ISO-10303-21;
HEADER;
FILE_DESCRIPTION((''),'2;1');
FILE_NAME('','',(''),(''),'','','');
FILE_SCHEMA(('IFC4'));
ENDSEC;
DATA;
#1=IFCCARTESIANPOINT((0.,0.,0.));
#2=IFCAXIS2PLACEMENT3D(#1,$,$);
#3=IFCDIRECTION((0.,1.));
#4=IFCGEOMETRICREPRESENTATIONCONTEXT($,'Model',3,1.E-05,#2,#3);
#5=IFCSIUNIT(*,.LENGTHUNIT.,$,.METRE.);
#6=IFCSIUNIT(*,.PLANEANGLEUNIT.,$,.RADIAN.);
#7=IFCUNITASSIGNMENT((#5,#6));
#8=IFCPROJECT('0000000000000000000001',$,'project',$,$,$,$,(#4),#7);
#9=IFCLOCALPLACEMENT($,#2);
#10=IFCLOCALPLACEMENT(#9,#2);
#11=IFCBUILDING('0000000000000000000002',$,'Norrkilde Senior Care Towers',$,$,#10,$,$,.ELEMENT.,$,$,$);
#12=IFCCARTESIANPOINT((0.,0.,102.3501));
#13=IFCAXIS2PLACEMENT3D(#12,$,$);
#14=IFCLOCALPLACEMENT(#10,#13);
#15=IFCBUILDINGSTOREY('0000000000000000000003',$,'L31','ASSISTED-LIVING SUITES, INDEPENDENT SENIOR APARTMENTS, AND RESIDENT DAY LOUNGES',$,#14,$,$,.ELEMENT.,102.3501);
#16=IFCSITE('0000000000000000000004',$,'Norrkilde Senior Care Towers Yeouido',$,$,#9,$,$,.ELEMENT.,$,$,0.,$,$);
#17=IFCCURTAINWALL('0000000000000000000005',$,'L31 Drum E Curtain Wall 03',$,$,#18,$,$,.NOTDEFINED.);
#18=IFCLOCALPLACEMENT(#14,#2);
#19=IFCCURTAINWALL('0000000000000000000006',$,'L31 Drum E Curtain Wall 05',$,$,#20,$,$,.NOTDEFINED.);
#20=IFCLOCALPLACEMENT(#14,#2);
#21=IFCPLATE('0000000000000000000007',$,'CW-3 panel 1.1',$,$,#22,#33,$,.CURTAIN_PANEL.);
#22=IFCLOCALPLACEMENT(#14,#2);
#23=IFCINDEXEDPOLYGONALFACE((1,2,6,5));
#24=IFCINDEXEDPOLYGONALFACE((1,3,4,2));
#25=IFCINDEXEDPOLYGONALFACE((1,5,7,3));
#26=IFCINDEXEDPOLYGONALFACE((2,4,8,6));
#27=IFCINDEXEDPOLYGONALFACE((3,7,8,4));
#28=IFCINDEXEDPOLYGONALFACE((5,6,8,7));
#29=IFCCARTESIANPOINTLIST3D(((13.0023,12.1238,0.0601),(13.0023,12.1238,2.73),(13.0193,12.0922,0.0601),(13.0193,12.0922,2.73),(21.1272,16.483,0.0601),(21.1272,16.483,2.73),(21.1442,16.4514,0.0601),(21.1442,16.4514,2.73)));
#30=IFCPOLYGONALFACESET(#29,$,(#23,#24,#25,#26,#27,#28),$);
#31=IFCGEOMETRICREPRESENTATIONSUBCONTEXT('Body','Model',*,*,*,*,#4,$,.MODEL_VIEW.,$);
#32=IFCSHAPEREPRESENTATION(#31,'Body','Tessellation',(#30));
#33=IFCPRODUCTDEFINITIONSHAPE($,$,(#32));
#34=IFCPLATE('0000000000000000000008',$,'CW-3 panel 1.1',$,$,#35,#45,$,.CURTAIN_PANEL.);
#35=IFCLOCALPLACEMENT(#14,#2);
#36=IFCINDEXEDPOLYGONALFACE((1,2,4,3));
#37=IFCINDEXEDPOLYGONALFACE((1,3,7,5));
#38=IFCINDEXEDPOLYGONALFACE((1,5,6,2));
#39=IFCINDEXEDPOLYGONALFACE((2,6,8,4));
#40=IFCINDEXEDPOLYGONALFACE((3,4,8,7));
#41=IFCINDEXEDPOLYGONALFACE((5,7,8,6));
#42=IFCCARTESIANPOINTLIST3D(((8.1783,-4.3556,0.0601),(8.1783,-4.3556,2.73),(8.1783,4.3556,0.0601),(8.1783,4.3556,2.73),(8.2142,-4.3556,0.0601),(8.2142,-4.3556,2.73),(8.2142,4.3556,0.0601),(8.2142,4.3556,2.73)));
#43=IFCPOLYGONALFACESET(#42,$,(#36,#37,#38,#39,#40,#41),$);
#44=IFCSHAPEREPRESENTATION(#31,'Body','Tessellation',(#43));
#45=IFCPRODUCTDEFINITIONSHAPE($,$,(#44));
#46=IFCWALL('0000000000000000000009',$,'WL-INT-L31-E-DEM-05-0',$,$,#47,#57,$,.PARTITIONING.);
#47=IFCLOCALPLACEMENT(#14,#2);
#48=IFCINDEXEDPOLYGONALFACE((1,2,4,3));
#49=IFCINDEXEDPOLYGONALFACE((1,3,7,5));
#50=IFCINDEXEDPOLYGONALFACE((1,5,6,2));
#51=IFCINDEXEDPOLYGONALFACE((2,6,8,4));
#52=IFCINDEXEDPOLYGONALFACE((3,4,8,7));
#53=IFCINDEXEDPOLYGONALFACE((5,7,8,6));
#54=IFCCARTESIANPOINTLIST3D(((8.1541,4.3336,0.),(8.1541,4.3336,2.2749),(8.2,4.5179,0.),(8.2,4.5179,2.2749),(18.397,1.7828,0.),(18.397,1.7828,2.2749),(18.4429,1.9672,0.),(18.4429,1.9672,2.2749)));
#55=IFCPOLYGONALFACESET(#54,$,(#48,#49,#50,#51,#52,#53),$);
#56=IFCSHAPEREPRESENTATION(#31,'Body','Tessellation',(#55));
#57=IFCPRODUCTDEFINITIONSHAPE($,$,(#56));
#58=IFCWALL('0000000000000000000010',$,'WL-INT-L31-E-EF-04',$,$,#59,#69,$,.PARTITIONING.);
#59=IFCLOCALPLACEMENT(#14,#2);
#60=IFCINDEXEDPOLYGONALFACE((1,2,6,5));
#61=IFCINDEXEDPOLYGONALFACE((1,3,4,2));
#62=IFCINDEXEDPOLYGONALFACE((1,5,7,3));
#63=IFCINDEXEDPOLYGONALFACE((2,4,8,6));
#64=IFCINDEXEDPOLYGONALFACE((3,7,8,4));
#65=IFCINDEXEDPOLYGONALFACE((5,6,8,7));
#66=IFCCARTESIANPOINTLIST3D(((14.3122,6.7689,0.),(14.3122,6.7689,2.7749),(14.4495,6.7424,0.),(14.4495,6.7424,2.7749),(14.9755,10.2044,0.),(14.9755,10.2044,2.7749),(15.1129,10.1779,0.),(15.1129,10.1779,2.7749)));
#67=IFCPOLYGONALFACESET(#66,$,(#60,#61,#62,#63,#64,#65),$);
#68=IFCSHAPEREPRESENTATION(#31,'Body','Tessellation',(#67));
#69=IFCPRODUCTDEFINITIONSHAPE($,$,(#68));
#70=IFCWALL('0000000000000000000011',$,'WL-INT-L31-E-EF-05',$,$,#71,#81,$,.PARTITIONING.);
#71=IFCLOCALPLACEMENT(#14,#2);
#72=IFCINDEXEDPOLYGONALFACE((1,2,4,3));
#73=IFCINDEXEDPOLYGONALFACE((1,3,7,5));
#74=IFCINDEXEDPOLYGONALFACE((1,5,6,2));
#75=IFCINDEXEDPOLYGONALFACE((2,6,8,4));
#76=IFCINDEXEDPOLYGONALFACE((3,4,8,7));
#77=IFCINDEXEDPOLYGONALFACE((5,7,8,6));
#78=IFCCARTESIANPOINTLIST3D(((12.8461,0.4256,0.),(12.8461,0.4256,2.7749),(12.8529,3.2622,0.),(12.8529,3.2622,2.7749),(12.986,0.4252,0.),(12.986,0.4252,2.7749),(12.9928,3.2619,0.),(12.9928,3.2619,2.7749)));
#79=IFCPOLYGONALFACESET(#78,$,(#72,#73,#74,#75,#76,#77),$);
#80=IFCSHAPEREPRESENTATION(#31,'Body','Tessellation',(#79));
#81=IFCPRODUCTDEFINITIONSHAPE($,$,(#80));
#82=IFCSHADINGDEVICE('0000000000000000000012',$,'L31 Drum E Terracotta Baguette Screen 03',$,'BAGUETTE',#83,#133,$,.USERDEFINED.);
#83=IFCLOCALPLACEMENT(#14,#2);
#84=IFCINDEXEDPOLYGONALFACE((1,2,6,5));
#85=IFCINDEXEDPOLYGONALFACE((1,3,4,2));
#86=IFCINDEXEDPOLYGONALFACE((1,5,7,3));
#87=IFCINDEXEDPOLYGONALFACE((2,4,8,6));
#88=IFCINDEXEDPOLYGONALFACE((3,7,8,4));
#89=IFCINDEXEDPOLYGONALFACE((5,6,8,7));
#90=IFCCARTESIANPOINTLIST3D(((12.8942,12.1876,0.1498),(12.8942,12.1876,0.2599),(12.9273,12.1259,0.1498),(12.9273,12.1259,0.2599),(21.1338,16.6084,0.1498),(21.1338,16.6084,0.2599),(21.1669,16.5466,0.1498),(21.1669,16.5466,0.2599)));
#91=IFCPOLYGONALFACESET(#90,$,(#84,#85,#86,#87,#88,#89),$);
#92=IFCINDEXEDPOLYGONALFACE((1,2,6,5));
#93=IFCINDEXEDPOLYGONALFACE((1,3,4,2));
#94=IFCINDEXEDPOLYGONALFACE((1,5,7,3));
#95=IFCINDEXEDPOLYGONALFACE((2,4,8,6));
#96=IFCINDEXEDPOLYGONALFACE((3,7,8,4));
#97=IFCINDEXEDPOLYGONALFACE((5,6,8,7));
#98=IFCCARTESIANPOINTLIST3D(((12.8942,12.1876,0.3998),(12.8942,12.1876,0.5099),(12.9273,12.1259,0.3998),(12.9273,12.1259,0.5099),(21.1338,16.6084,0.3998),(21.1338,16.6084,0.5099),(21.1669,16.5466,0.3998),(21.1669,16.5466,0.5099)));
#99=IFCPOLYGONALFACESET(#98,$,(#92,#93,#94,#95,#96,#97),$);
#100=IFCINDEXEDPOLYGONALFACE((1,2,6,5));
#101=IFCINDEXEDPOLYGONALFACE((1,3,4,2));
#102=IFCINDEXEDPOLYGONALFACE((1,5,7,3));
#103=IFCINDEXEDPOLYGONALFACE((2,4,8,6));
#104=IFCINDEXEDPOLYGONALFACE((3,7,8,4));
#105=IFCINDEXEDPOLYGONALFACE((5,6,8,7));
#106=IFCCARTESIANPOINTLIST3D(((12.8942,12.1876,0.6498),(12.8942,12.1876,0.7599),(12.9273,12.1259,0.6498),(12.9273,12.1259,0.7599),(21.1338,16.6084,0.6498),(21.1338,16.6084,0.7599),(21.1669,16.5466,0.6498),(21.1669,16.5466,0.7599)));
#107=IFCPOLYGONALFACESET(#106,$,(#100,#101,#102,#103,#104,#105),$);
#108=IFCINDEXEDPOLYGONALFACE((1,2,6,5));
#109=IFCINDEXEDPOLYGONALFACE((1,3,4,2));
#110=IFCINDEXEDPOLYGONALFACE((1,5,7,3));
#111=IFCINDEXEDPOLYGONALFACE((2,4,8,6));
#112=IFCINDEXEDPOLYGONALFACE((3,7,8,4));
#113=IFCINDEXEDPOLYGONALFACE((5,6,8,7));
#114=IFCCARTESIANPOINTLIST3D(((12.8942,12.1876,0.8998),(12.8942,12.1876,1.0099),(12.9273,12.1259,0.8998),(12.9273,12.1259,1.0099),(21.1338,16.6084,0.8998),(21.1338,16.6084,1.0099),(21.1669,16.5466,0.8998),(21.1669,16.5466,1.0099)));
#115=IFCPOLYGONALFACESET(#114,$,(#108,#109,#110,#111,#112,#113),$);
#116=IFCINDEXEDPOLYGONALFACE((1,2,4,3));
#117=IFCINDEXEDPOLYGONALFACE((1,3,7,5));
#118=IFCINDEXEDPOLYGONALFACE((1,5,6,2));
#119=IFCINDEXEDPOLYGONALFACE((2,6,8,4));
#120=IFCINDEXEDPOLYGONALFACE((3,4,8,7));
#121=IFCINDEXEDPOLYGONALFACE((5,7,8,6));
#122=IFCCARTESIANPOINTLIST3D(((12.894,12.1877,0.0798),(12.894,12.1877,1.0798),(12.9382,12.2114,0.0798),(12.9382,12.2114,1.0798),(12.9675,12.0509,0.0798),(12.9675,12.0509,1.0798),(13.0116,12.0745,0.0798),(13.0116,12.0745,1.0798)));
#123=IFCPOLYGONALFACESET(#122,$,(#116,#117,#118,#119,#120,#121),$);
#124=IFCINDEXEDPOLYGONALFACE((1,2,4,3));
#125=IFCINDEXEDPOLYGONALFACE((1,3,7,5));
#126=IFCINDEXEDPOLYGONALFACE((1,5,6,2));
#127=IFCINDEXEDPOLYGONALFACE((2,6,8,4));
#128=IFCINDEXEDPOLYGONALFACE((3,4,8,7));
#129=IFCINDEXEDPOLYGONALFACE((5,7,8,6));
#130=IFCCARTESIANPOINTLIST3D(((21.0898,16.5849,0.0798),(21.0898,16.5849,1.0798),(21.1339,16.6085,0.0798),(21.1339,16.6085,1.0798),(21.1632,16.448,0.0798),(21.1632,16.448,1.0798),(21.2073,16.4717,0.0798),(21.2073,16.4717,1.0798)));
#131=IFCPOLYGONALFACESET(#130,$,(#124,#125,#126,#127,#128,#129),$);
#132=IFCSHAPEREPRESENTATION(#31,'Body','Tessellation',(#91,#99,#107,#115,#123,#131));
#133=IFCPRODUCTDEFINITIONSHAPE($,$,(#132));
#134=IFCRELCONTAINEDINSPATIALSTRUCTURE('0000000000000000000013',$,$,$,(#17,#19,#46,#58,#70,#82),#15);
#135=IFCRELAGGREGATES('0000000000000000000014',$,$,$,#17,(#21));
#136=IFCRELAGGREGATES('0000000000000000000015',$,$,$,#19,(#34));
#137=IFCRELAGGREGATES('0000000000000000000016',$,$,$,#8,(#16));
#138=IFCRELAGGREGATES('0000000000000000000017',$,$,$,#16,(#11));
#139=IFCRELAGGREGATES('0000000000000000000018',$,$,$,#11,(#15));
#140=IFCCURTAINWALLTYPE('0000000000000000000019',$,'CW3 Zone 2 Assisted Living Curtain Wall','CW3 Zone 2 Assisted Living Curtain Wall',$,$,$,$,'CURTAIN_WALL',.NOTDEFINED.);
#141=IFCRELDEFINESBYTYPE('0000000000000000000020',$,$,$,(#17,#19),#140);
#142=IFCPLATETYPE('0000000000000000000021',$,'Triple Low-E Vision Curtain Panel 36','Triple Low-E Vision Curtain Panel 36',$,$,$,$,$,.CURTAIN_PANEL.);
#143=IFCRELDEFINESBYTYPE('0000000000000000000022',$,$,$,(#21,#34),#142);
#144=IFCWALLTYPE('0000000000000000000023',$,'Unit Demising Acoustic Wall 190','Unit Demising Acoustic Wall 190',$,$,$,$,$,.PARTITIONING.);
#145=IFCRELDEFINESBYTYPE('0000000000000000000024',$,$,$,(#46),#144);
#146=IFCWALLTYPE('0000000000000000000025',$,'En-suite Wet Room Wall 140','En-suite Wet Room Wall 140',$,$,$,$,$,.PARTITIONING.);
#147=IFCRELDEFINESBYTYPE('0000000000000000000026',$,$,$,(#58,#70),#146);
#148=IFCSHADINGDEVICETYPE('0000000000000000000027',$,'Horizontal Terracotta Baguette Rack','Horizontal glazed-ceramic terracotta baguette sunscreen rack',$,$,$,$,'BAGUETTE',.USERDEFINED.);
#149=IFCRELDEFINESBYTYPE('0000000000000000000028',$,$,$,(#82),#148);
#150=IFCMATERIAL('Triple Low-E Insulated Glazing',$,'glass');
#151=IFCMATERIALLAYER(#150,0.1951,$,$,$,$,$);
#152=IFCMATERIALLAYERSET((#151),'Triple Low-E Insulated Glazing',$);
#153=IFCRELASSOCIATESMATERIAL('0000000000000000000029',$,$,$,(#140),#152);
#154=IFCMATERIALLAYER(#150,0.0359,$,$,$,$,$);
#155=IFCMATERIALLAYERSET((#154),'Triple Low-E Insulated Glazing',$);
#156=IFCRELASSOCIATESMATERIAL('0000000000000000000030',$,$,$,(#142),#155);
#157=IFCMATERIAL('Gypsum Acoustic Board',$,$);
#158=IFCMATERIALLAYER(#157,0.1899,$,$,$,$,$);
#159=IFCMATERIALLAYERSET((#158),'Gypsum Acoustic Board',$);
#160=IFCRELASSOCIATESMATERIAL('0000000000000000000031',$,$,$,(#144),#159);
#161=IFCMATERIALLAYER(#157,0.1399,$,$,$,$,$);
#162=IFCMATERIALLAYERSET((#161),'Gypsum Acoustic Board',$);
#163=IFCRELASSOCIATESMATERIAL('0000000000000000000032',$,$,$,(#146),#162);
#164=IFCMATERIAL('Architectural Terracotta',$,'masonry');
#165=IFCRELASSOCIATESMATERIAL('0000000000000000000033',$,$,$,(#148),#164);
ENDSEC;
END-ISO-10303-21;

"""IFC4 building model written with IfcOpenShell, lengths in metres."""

from ifc_helpers import new_model, si_unit, direction, frame, frame_2d, origin, origin_2d, place, context, subcontext, project, spatial, rectangle, extrude, source, transform, mapped, material, layer, layer_set, type_object, type_shapes, element, aggregate, save


model = new_model("IFC4")

# Units and contexts
model_context = context("Model", 3, precision=1e-05, world=origin(), true_north=direction((0.0, 1.0)))
body_context = subcontext(model_context, "Body", "Model", "MODEL_VIEW")
ifc_project = project(units=[si_unit("LENGTHUNIT", "METRE"), si_unit("PLANEANGLEUNIT", "RADIAN")], contexts=[model_context])

# Site, building, storey
site_placement = place(None, origin())
site = spatial("IfcSite", under=ifc_project, at=site_placement, Name="Norrkilde Senior Care Towers Yeouido", CompositionType="ELEMENT", RefElevation=0.0)
building_placement = place(site_placement, origin())
building = spatial("IfcBuilding", under=site, at=building_placement, Name="Norrkilde Senior Care Towers", CompositionType="ELEMENT")
storey_placement = place(building_placement, frame((0.0, 0.0, 102.3501)))
storey = spatial("IfcBuildingStorey", under=building, at=storey_placement, Name="L31", Description="ASSISTED-LIVING SUITES, INDEPENDENT SENIOR APARTMENTS, AND RESIDENT DAY LOUNGES", CompositionType="ELEMENT", Elevation=102.3501)

# Curtain wall
ifc_material_1 = material(Name="Triple Low-E Insulated Glazing", Category="glass")
ifc_layer_1 = layer(ifc_material_1, 0.1951)
ifc_layer_set_1 = layer_set([ifc_layer_1], Name="Triple Low-E Insulated Glazing")
curtain_wall_type = type_object("IfcCurtainWallType", Name="CW3 Zone 2 Assisted Living Curtain Wall", Description="CW3 Zone 2 Assisted Living Curtain Wall", ElementType="CURTAIN_WALL", PredefinedType="NOTDEFINED", material=ifc_layer_set_1)
curtain_wall_1_placement = place(storey_placement, origin())
curtain_wall_1 = element("IfcCurtainWall", 1, at=curtain_wall_1_placement, inside=storey, type_object=curtain_wall_type, Name="L31 Drum E Curtain Wall 03", PredefinedType="NOTDEFINED")

# Curtain wall
curtain_wall_2_placement = place(storey_placement, origin())
curtain_wall_2 = element("IfcCurtainWall", 2, at=curtain_wall_2_placement, inside=storey, type_object=curtain_wall_type, Name="L31 Drum E Curtain Wall 05", PredefinedType="NOTDEFINED")

# Plates
ifc_layer_2 = layer(ifc_material_1, 0.0359)
ifc_layer_set_2 = layer_set([ifc_layer_2], Name="Triple Low-E Insulated Glazing")
plate_type = type_object("IfcPlateType", Name="Triple Low-E Vision Curtain Panel 36", Description="Triple Low-E Vision Curtain Panel 36", PredefinedType="CURTAIN_PANEL", material=ifc_layer_set_2)
shared_shape_1 = source(origin(), body_context, "Body", "SweptSolid", [
    extrude(rectangle(XDim=9.2205, YDim=0.0359, at=origin_2d()), origin(), (0.0, 0.0, 1.0), 2.6699),
])
plate_1_placement = place(storey_placement, frame((17.0732, 14.2876, 0.0601), z_axis=(0.0, 0.0, 1.0), x_axis=(0.881186, 0.472769, 0.0)))
plate_1 = element("IfcPlate", 3, at=plate_1_placement, type_object=plate_type, Name="CW-3 panel 1.1", PredefinedType="CURTAIN_PANEL", context=body_context, shape_type="MappedRepresentation", body=[
    mapped(shared_shape_1, transform((0.0, 0.0, 0.0), x_axis=(1.0, 0.0, 0.0), y_axis=(0.0, 1.0, 0.0), z_axis=(0.0, 0.0, 1.0), scale=1.0)),
])
aggregate(curtain_wall_1, [plate_1])
shared_shape_2 = source(origin(), body_context, "Body", "SweptSolid", [
    extrude(rectangle(XDim=8.7112, YDim=0.0359, at=origin_2d()), origin(), (0.0, 0.0, 1.0), 2.6699),
])
plate_2_placement = place(storey_placement, frame((8.1963, 0.0, 0.0601), z_axis=(0.0, 0.0, 1.0), x_axis=(0.0, 1.0, 0.0)))
plate_2 = element("IfcPlate", 4, at=plate_2_placement, type_object=plate_type, Name="CW-3 panel 1.1", PredefinedType="CURTAIN_PANEL", context=body_context, shape_type="MappedRepresentation", body=[
    mapped(shared_shape_2, transform((0.0, 0.0, 0.0), x_axis=(1.0, 0.0, 0.0), y_axis=(0.0, 1.0, 0.0), z_axis=(0.0, 0.0, 1.0), scale=1.0)),
])
aggregate(curtain_wall_2, [plate_2])

# Walls
ifc_material_2 = material(Name="Gypsum Acoustic Board")
ifc_layer_3 = layer(ifc_material_2, 0.1899)
ifc_layer_set_3 = layer_set([ifc_layer_3], Name="Gypsum Acoustic Board")
wall_type_1 = type_object("IfcWallType", Name="Unit Demising Acoustic Wall 190", Description="Unit Demising Acoustic Wall 190", PredefinedType="PARTITIONING", material=ifc_layer_set_3)
shared_shape_3 = source(origin(), body_context, "Body", "SweptSolid", [
    extrude(rectangle(XDim=10.5557, YDim=0.1899, at=frame_2d((5.2778, 0.0))), origin(), (0.0, 0.0, 1.0), 2.2749),
])
type_shapes(wall_type_1, [shared_shape_3])
wall_1_placement = place(storey_placement, frame((18.4199, 1.875, 0.0), z_axis=(0.0, 0.0, 1.0), x_axis=(-0.970364, 0.241648, 0.0)))
element("IfcWall", 5, at=wall_1_placement, inside=storey, type_object=wall_type_1, Name="WL-INT-L31-E-DEM-05-0", PredefinedType="PARTITIONING", context=body_context, shape_type="MappedRepresentation", body=[
    mapped(shared_shape_3, transform((0.0, 0.0, 0.0), x_axis=(1.0, 0.0, 0.0), y_axis=(0.0, 1.0, 0.0), z_axis=(0.0, 0.0, 1.0), scale=1.0)),
])
ifc_layer_4 = layer(ifc_material_2, 0.1399)
ifc_layer_set_4 = layer_set([ifc_layer_4], Name="Gypsum Acoustic Board")
wall_type_2 = type_object("IfcWallType", Name="En-suite Wet Room Wall 140", Description="En-suite Wet Room Wall 140", PredefinedType="PARTITIONING", material=ifc_layer_set_4)
shared_shape_4 = source(origin(), body_context, "Body", "SweptSolid", [
    extrude(rectangle(XDim=3.499, YDim=0.1399, at=frame_2d((1.7495, 0.0))), origin(), (0.0, 0.0, 1.0), 2.7749),
])
wall_2_placement = place(storey_placement, frame((14.3809, 6.7556, 0.0), z_axis=(0.0, 0.0, 1.0), x_axis=(0.189577, 0.981866, 0.0)))
element("IfcWall", 6, at=wall_2_placement, inside=storey, type_object=wall_type_2, Name="WL-INT-L31-E-EF-04", PredefinedType="PARTITIONING", context=body_context, shape_type="MappedRepresentation", body=[
    mapped(shared_shape_4, transform((0.0, 0.0, 0.0), x_axis=(1.0, 0.0, 0.0), y_axis=(0.0, 1.0, 0.0), z_axis=(0.0, 0.0, 1.0), scale=1.0)),
])
shared_shape_5 = source(origin(), body_context, "Body", "SweptSolid", [
    extrude(rectangle(XDim=2.8367, YDim=0.1399, at=frame_2d((1.4185, 0.0))), origin(), (0.0, 0.0, 1.0), 2.7749),
])
type_shapes(wall_type_2, [shared_shape_4, shared_shape_5])
wall_3_placement = place(storey_placement, frame((12.916, 0.4253, 0.0), z_axis=(0.0, 0.0, 1.0), x_axis=(0.00241, 0.999997, 0.0)))
element("IfcWall", 7, at=wall_3_placement, inside=storey, type_object=wall_type_2, Name="WL-INT-L31-E-EF-05", PredefinedType="PARTITIONING", context=body_context, shape_type="MappedRepresentation", body=[
    mapped(shared_shape_5, transform((0.0, 0.0, 0.0), x_axis=(1.0, 0.0, 0.0), y_axis=(0.0, 1.0, 0.0), z_axis=(0.0, 0.0, 1.0), scale=1.0)),
])

# Shading device
ifc_material_3 = material(Name="Architectural Terracotta", Category="masonry")
shading_device_type = type_object("IfcShadingDeviceType", Name="Horizontal Terracotta Baguette Rack", Description="Horizontal glazed-ceramic terracotta baguette sunscreen rack", ElementType="BAGUETTE", PredefinedType="USERDEFINED", material=ifc_material_3)
shared_shape_6 = source(origin(), body_context, "Body", "SweptSolid", [
    extrude(rectangle(XDim=0.0701, YDim=0.1101, at=origin_2d()), frame((0.0, 0.0901, 0.125), z_axis=(1.0, 0.0, 0.0), x_axis=(0.0, 1.0, 0.0)), (0.0, 0.0, 1.0), 9.3506),
    extrude(rectangle(XDim=0.0701, YDim=0.1101, at=origin_2d()), frame((0.0, 0.0901, 0.375), z_axis=(1.0, 0.0, 0.0), x_axis=(0.0, 1.0, 0.0)), (0.0, 0.0, 1.0), 9.3506),
    extrude(rectangle(XDim=0.0701, YDim=0.1101, at=origin_2d()), frame((0.0, 0.0901, 0.625), z_axis=(1.0, 0.0, 0.0), x_axis=(0.0, 1.0, 0.0)), (0.0, 0.0, 1.0), 9.3506),
    extrude(rectangle(XDim=0.0701, YDim=0.1101, at=origin_2d()), frame((0.0, 0.0901, 0.875), z_axis=(1.0, 0.0, 0.0), x_axis=(0.0, 1.0, 0.0)), (0.0, 0.0, 1.0), 9.3506),
    extrude(rectangle(XDim=0.05, YDim=0.1553, at=origin_2d()), frame((0.0249, 0.0476, 0.0)), (0.0, 0.0, 1.0), 1.0),
    extrude(rectangle(XDim=0.05, YDim=0.1553, at=origin_2d()), frame((9.3257, 0.0476, 0.0)), (0.0, 0.0, 1.0), 1.0),
])
type_shapes(shading_device_type, [shared_shape_6])
shading_device_placement = place(storey_placement, frame((12.9534, 12.0774, 0.0798), z_axis=(0.0, 0.0, 1.0), x_axis=(0.881175, 0.472768, 0.0)))
element("IfcShadingDevice", 8, at=shading_device_placement, inside=storey, type_object=shading_device_type, Name="L31 Drum E Terracotta Baguette Screen 03", ObjectType="BAGUETTE", PredefinedType="USERDEFINED", context=body_context, shape_type="MappedRepresentation", body=[
    mapped(shared_shape_6, transform((0.0, 0.0, 0.0), x_axis=(1.0, 0.0, 0.0), y_axis=(0.0, 1.0, 0.0), z_axis=(0.0, 0.0, 1.0), scale=1.0)),
])

save(model, "model.ifc")
